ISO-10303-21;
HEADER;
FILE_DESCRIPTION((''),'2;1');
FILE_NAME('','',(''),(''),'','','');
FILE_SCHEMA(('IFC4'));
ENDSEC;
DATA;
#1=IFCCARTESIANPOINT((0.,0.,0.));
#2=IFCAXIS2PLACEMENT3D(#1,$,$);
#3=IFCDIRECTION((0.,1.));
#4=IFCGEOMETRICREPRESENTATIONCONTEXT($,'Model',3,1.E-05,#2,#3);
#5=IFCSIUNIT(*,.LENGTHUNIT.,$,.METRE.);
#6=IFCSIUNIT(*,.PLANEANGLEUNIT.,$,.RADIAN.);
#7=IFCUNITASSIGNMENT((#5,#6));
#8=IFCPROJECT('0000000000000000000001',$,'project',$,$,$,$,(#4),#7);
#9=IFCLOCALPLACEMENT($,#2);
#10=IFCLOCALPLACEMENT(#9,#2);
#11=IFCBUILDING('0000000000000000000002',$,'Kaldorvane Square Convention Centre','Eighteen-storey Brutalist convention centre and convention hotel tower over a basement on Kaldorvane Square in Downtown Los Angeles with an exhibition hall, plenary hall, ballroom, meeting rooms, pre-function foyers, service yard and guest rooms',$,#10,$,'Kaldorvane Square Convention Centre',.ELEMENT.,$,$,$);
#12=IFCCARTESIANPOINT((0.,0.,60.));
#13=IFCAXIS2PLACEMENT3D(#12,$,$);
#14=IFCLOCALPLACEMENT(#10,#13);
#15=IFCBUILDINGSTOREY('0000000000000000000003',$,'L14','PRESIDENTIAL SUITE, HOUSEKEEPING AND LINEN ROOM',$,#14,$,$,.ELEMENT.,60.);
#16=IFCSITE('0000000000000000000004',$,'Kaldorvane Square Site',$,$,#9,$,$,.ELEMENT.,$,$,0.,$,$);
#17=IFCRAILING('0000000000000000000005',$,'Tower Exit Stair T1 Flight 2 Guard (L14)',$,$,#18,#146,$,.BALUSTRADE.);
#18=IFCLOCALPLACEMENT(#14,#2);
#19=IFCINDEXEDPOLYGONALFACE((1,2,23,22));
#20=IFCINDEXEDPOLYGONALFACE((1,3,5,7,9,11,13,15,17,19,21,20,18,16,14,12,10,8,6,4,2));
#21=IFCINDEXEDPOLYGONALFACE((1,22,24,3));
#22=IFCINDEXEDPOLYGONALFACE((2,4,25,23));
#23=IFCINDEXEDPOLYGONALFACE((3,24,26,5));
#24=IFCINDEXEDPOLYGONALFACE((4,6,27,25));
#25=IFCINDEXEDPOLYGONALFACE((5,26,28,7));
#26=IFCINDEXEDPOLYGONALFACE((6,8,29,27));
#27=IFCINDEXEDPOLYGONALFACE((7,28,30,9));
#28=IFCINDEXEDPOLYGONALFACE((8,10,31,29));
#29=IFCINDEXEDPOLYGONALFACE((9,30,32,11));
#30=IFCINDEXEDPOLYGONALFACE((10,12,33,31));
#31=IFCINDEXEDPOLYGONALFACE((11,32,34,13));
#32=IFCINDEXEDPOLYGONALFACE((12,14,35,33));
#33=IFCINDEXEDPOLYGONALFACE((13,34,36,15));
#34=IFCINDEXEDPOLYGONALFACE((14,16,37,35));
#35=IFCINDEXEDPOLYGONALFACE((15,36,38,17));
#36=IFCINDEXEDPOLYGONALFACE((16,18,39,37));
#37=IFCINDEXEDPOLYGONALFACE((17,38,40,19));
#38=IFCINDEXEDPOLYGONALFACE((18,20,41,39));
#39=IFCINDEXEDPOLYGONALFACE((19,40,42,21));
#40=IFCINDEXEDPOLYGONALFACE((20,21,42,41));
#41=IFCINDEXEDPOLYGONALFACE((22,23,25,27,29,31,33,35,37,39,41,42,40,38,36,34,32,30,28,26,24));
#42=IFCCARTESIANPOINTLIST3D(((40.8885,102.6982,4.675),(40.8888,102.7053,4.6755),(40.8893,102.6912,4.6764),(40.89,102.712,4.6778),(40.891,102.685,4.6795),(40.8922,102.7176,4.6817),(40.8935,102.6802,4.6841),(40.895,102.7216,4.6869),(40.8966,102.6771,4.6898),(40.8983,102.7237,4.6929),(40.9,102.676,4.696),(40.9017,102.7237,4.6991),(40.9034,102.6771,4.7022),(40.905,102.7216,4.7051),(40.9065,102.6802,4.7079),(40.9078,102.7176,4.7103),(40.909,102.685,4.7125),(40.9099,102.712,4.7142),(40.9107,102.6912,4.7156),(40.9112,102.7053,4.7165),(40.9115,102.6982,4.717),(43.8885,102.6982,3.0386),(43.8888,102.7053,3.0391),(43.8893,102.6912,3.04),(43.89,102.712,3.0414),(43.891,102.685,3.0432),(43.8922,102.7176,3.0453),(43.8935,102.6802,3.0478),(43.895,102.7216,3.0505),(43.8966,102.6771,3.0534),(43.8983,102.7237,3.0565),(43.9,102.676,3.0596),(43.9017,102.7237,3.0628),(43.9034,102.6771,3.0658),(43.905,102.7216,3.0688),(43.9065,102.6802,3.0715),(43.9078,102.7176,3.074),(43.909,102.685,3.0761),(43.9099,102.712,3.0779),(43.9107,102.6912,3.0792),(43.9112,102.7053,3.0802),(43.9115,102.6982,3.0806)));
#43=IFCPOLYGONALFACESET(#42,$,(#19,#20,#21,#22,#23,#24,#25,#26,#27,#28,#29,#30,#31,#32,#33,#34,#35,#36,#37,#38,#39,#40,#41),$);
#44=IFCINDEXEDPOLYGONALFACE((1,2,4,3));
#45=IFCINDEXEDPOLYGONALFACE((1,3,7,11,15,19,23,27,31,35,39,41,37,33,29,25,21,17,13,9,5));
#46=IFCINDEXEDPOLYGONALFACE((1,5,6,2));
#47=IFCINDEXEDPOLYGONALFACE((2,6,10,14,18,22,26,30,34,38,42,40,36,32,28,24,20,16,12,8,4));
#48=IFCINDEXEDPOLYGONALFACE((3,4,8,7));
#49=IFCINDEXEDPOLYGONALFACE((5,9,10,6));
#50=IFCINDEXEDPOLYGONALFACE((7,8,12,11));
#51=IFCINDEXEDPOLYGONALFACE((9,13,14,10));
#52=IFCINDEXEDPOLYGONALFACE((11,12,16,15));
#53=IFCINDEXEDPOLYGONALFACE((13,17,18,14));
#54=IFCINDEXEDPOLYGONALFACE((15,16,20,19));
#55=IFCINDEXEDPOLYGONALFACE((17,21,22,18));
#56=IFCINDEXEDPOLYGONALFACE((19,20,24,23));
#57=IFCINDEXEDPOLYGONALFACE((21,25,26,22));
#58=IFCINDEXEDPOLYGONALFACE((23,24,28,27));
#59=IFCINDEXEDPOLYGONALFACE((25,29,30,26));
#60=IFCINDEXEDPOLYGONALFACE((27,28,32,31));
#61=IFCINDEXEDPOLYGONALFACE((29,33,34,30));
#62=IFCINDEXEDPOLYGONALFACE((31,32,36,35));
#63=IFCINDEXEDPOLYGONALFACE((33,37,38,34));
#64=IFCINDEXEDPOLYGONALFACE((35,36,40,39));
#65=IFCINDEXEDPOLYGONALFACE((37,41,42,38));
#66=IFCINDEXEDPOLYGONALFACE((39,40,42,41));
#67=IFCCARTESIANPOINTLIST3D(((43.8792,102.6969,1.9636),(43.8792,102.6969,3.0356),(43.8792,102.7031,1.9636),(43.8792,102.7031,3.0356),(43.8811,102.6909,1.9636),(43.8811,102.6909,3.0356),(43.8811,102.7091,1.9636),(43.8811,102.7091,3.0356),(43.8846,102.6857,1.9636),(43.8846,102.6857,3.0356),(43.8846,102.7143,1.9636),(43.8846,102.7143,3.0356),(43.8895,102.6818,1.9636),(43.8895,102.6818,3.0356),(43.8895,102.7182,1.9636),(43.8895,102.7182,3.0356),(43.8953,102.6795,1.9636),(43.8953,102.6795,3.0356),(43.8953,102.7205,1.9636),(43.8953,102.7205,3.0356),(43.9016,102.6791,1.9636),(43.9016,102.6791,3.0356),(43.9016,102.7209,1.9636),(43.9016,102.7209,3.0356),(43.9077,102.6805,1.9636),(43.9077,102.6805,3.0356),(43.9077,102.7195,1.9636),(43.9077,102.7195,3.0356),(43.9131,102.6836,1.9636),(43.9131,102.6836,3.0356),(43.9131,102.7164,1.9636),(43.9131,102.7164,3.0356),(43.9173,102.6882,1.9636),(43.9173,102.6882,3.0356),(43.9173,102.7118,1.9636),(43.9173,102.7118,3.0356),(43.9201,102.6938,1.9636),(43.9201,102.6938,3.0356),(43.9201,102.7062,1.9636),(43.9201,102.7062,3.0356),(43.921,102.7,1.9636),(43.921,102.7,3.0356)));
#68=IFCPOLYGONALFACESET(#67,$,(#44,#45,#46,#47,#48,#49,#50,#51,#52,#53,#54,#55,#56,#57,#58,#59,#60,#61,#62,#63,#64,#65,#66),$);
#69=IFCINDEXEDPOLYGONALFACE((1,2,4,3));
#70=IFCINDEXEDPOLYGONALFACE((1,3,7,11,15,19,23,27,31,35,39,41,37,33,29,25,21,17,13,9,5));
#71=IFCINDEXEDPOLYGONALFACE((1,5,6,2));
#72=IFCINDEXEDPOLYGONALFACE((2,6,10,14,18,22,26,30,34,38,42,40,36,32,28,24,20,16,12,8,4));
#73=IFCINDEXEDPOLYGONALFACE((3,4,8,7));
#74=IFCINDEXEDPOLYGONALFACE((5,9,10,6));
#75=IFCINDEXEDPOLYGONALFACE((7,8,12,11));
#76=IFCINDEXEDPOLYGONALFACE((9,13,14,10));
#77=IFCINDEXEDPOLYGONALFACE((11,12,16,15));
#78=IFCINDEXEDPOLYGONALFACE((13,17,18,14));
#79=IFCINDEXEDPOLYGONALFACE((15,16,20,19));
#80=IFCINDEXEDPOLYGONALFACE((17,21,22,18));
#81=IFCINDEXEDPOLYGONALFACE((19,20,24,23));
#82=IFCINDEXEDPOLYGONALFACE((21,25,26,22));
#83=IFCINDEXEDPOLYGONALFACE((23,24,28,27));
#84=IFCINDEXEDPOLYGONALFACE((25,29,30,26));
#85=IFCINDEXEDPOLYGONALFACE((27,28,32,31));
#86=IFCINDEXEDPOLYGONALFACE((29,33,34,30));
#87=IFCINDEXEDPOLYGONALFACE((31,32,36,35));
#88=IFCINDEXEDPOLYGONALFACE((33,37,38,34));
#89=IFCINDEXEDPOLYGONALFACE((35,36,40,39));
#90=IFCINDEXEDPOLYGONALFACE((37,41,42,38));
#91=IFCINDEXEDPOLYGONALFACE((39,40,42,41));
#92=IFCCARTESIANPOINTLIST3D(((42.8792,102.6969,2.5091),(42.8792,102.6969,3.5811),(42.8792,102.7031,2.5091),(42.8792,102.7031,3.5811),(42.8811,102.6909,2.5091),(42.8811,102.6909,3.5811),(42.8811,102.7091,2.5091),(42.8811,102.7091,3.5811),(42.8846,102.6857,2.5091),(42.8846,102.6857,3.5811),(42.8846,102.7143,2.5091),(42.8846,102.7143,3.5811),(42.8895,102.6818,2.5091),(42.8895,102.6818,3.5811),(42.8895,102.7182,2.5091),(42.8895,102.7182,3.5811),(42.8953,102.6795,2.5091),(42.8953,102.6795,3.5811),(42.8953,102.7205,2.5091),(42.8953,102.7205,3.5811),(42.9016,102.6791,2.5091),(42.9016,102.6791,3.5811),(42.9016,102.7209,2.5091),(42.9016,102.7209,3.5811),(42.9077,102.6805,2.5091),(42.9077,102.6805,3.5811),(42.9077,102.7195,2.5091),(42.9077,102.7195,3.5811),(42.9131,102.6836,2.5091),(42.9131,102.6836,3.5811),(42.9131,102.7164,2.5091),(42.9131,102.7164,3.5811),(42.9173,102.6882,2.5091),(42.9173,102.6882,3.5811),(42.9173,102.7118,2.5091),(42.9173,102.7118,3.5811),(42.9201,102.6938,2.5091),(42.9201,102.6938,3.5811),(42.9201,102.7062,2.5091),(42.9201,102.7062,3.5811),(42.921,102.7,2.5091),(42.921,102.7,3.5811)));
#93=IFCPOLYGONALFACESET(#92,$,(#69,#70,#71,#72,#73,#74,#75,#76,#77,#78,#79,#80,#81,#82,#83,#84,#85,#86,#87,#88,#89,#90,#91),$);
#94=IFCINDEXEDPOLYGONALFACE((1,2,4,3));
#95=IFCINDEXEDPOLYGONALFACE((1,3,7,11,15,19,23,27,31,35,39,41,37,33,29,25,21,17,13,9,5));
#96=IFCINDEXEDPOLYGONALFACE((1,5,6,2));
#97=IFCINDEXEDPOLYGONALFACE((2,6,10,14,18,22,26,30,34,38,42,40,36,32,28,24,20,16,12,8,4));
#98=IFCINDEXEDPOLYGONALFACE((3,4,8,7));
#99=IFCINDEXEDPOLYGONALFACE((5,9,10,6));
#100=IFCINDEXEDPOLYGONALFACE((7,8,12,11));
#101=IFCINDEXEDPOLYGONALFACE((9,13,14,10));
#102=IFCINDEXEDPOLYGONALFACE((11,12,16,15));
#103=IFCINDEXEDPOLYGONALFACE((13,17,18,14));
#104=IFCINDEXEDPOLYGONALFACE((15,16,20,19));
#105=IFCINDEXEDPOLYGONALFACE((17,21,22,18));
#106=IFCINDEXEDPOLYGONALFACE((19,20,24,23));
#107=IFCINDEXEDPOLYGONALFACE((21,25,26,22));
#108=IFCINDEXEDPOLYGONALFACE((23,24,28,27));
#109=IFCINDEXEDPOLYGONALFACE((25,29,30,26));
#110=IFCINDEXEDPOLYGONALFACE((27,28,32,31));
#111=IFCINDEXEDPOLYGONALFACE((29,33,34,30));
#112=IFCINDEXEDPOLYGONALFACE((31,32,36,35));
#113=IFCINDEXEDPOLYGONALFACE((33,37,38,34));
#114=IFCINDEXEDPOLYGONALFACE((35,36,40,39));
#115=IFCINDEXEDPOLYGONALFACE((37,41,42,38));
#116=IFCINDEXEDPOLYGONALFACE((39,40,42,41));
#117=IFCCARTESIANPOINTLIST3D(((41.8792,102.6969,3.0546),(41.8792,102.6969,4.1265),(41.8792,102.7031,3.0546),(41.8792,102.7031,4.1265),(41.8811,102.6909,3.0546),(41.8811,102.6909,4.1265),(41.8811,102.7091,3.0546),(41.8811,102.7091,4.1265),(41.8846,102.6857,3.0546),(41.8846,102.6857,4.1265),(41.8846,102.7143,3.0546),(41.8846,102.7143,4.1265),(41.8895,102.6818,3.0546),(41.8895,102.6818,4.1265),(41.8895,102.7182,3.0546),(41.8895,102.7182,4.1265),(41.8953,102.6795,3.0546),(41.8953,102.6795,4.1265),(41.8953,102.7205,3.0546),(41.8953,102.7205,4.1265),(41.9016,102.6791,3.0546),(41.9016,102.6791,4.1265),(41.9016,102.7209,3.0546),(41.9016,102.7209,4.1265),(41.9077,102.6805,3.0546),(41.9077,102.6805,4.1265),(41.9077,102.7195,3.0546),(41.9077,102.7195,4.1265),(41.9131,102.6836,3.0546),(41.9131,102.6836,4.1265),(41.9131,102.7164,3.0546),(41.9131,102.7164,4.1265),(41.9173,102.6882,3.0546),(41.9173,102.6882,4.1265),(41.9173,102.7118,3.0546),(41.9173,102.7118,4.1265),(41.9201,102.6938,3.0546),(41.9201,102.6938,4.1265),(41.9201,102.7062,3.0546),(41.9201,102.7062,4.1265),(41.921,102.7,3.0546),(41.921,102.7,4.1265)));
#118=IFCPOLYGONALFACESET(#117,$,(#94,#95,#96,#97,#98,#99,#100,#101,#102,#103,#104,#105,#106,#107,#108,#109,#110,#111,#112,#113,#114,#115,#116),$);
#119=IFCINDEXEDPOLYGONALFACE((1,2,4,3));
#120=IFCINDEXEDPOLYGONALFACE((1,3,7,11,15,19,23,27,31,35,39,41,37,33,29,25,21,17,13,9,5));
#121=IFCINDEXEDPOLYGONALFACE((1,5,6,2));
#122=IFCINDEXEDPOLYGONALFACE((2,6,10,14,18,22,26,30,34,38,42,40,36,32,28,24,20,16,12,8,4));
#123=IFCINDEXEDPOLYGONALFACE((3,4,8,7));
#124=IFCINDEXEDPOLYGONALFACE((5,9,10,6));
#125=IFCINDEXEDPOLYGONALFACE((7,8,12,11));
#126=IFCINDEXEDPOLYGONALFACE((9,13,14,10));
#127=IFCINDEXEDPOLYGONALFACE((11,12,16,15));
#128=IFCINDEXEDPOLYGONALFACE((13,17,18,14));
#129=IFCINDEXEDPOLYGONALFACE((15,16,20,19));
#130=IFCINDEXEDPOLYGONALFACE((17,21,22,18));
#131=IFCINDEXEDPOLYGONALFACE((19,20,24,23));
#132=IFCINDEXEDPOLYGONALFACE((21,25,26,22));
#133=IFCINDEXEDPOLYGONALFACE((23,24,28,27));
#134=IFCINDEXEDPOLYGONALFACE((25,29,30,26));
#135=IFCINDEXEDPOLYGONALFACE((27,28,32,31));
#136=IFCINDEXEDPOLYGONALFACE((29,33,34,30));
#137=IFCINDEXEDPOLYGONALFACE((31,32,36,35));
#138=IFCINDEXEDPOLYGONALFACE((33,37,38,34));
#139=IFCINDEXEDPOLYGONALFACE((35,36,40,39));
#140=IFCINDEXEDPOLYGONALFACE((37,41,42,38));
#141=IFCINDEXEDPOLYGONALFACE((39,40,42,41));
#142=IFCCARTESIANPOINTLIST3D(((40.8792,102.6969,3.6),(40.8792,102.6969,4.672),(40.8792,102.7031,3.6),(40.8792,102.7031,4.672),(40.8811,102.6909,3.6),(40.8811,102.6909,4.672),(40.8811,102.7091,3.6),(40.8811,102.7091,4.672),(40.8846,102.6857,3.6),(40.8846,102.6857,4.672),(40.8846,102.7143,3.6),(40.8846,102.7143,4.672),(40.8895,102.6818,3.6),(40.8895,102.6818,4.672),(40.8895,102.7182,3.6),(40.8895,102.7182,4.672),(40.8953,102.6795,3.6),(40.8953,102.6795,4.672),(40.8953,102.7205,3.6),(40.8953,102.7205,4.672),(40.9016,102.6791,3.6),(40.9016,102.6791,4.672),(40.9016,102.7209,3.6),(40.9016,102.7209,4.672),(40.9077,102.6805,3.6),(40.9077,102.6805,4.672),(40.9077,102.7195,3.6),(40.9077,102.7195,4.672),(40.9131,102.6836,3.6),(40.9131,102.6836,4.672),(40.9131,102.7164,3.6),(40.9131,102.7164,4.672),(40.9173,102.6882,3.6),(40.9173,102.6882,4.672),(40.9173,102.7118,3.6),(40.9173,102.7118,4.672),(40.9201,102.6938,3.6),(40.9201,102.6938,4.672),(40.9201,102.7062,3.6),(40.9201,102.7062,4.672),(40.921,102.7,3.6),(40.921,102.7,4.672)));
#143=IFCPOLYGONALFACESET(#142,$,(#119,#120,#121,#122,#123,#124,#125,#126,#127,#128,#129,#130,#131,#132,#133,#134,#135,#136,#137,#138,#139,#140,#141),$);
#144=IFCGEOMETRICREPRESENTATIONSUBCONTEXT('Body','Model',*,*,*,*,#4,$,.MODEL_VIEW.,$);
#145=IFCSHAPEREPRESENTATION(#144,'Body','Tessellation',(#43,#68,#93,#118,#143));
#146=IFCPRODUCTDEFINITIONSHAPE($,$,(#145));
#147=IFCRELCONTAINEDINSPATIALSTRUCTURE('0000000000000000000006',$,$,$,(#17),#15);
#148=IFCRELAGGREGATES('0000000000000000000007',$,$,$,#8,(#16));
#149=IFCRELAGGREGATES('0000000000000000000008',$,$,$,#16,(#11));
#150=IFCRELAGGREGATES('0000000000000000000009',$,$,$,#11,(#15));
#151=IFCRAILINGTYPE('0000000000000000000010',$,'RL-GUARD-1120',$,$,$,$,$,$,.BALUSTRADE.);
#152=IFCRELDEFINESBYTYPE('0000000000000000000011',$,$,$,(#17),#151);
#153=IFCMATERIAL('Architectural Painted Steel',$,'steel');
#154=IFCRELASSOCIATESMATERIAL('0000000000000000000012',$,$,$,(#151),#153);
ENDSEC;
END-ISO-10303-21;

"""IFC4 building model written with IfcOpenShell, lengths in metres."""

from ifc_helpers import new_model, si_unit, direction, frame, origin, origin_2d, place, context, subcontext, project, spatial, circle, extrude, material, type_object, element, save


model = new_model("IFC4")

# Units and contexts
model_context = context("Model", 3, precision=1e-05, world=origin(), true_north=direction((0.0, 1.0)))
body_context = subcontext(model_context, "Body", "Model", "MODEL_VIEW")
ifc_project = project(units=[si_unit("LENGTHUNIT", "METRE"), si_unit("PLANEANGLEUNIT", "RADIAN")], contexts=[model_context])

# Site, building, storey
site_placement = place(None, origin())
site = spatial("IfcSite", under=ifc_project, at=site_placement, Name="Kaldorvane Square Site", CompositionType="ELEMENT", RefElevation=0.0)
building_placement = place(site_placement, origin())
building = spatial("IfcBuilding", under=site, at=building_placement, Name="Kaldorvane Square Convention Centre", Description="Eighteen-storey Brutalist convention centre and convention hotel tower over a basement on Kaldorvane Square in Downtown Los Angeles with an exhibition hall, plenary hall, ballroom, meeting rooms, pre-function foyers, service yard and guest rooms", LongName="Kaldorvane Square Convention Centre", CompositionType="ELEMENT")
storey_placement = place(building_placement, frame((0.0, 0.0, 60.0)))
storey = spatial("IfcBuildingStorey", under=building, at=storey_placement, Name="L14", Description="PRESIDENTIAL SUITE, HOUSEKEEPING AND LINEN ROOM", CompositionType="ELEMENT", Elevation=60.0)

# Railing
ifc_material_1 = material(Name="Architectural Painted Steel", Category="steel")
railing_type_1 = type_object("IfcRailingType", Name="RL-GUARD-1120", PredefinedType="BALUSTRADE", material=ifc_material_1)
railing_1_placement = place(storey_placement, frame((43.9, 102.7, 1.9636)))
element("IfcRailing", 1, at=railing_1_placement, inside=storey, type_object=railing_type_1, Name="Tower Exit Stair T1 Flight 2 Guard (L14)", PredefinedType="BALUSTRADE", context=body_context, shape_type="SweptSolid", body=[
    extrude(circle(Radius=0.024, at=origin_2d()), frame((0.0, 0.0, 1.096), z_axis=(-0.877895, 0.0, 0.478853), x_axis=(0.0, -1.0, 0.0)), (0.0, 0.0, 1.0), 3.4173),
    extrude(circle(Radius=0.021, at=origin_2d()), origin(), (0.0, 0.0, 1.0), 1.072),
    extrude(circle(Radius=0.021, at=origin_2d()), frame((-1.0, 0.0, 0.5455)), (0.0, 0.0, 1.0), 1.072),
    extrude(circle(Radius=0.021, at=origin_2d()), frame((-2.0, 0.0, 1.0909)), (0.0, 0.0, 1.0), 1.072),
    extrude(circle(Radius=0.021, at=origin_2d()), frame((-3.0, 0.0, 1.6364)), (0.0, 0.0, 1.0), 1.072),
])

save(model, "model.ifc")
